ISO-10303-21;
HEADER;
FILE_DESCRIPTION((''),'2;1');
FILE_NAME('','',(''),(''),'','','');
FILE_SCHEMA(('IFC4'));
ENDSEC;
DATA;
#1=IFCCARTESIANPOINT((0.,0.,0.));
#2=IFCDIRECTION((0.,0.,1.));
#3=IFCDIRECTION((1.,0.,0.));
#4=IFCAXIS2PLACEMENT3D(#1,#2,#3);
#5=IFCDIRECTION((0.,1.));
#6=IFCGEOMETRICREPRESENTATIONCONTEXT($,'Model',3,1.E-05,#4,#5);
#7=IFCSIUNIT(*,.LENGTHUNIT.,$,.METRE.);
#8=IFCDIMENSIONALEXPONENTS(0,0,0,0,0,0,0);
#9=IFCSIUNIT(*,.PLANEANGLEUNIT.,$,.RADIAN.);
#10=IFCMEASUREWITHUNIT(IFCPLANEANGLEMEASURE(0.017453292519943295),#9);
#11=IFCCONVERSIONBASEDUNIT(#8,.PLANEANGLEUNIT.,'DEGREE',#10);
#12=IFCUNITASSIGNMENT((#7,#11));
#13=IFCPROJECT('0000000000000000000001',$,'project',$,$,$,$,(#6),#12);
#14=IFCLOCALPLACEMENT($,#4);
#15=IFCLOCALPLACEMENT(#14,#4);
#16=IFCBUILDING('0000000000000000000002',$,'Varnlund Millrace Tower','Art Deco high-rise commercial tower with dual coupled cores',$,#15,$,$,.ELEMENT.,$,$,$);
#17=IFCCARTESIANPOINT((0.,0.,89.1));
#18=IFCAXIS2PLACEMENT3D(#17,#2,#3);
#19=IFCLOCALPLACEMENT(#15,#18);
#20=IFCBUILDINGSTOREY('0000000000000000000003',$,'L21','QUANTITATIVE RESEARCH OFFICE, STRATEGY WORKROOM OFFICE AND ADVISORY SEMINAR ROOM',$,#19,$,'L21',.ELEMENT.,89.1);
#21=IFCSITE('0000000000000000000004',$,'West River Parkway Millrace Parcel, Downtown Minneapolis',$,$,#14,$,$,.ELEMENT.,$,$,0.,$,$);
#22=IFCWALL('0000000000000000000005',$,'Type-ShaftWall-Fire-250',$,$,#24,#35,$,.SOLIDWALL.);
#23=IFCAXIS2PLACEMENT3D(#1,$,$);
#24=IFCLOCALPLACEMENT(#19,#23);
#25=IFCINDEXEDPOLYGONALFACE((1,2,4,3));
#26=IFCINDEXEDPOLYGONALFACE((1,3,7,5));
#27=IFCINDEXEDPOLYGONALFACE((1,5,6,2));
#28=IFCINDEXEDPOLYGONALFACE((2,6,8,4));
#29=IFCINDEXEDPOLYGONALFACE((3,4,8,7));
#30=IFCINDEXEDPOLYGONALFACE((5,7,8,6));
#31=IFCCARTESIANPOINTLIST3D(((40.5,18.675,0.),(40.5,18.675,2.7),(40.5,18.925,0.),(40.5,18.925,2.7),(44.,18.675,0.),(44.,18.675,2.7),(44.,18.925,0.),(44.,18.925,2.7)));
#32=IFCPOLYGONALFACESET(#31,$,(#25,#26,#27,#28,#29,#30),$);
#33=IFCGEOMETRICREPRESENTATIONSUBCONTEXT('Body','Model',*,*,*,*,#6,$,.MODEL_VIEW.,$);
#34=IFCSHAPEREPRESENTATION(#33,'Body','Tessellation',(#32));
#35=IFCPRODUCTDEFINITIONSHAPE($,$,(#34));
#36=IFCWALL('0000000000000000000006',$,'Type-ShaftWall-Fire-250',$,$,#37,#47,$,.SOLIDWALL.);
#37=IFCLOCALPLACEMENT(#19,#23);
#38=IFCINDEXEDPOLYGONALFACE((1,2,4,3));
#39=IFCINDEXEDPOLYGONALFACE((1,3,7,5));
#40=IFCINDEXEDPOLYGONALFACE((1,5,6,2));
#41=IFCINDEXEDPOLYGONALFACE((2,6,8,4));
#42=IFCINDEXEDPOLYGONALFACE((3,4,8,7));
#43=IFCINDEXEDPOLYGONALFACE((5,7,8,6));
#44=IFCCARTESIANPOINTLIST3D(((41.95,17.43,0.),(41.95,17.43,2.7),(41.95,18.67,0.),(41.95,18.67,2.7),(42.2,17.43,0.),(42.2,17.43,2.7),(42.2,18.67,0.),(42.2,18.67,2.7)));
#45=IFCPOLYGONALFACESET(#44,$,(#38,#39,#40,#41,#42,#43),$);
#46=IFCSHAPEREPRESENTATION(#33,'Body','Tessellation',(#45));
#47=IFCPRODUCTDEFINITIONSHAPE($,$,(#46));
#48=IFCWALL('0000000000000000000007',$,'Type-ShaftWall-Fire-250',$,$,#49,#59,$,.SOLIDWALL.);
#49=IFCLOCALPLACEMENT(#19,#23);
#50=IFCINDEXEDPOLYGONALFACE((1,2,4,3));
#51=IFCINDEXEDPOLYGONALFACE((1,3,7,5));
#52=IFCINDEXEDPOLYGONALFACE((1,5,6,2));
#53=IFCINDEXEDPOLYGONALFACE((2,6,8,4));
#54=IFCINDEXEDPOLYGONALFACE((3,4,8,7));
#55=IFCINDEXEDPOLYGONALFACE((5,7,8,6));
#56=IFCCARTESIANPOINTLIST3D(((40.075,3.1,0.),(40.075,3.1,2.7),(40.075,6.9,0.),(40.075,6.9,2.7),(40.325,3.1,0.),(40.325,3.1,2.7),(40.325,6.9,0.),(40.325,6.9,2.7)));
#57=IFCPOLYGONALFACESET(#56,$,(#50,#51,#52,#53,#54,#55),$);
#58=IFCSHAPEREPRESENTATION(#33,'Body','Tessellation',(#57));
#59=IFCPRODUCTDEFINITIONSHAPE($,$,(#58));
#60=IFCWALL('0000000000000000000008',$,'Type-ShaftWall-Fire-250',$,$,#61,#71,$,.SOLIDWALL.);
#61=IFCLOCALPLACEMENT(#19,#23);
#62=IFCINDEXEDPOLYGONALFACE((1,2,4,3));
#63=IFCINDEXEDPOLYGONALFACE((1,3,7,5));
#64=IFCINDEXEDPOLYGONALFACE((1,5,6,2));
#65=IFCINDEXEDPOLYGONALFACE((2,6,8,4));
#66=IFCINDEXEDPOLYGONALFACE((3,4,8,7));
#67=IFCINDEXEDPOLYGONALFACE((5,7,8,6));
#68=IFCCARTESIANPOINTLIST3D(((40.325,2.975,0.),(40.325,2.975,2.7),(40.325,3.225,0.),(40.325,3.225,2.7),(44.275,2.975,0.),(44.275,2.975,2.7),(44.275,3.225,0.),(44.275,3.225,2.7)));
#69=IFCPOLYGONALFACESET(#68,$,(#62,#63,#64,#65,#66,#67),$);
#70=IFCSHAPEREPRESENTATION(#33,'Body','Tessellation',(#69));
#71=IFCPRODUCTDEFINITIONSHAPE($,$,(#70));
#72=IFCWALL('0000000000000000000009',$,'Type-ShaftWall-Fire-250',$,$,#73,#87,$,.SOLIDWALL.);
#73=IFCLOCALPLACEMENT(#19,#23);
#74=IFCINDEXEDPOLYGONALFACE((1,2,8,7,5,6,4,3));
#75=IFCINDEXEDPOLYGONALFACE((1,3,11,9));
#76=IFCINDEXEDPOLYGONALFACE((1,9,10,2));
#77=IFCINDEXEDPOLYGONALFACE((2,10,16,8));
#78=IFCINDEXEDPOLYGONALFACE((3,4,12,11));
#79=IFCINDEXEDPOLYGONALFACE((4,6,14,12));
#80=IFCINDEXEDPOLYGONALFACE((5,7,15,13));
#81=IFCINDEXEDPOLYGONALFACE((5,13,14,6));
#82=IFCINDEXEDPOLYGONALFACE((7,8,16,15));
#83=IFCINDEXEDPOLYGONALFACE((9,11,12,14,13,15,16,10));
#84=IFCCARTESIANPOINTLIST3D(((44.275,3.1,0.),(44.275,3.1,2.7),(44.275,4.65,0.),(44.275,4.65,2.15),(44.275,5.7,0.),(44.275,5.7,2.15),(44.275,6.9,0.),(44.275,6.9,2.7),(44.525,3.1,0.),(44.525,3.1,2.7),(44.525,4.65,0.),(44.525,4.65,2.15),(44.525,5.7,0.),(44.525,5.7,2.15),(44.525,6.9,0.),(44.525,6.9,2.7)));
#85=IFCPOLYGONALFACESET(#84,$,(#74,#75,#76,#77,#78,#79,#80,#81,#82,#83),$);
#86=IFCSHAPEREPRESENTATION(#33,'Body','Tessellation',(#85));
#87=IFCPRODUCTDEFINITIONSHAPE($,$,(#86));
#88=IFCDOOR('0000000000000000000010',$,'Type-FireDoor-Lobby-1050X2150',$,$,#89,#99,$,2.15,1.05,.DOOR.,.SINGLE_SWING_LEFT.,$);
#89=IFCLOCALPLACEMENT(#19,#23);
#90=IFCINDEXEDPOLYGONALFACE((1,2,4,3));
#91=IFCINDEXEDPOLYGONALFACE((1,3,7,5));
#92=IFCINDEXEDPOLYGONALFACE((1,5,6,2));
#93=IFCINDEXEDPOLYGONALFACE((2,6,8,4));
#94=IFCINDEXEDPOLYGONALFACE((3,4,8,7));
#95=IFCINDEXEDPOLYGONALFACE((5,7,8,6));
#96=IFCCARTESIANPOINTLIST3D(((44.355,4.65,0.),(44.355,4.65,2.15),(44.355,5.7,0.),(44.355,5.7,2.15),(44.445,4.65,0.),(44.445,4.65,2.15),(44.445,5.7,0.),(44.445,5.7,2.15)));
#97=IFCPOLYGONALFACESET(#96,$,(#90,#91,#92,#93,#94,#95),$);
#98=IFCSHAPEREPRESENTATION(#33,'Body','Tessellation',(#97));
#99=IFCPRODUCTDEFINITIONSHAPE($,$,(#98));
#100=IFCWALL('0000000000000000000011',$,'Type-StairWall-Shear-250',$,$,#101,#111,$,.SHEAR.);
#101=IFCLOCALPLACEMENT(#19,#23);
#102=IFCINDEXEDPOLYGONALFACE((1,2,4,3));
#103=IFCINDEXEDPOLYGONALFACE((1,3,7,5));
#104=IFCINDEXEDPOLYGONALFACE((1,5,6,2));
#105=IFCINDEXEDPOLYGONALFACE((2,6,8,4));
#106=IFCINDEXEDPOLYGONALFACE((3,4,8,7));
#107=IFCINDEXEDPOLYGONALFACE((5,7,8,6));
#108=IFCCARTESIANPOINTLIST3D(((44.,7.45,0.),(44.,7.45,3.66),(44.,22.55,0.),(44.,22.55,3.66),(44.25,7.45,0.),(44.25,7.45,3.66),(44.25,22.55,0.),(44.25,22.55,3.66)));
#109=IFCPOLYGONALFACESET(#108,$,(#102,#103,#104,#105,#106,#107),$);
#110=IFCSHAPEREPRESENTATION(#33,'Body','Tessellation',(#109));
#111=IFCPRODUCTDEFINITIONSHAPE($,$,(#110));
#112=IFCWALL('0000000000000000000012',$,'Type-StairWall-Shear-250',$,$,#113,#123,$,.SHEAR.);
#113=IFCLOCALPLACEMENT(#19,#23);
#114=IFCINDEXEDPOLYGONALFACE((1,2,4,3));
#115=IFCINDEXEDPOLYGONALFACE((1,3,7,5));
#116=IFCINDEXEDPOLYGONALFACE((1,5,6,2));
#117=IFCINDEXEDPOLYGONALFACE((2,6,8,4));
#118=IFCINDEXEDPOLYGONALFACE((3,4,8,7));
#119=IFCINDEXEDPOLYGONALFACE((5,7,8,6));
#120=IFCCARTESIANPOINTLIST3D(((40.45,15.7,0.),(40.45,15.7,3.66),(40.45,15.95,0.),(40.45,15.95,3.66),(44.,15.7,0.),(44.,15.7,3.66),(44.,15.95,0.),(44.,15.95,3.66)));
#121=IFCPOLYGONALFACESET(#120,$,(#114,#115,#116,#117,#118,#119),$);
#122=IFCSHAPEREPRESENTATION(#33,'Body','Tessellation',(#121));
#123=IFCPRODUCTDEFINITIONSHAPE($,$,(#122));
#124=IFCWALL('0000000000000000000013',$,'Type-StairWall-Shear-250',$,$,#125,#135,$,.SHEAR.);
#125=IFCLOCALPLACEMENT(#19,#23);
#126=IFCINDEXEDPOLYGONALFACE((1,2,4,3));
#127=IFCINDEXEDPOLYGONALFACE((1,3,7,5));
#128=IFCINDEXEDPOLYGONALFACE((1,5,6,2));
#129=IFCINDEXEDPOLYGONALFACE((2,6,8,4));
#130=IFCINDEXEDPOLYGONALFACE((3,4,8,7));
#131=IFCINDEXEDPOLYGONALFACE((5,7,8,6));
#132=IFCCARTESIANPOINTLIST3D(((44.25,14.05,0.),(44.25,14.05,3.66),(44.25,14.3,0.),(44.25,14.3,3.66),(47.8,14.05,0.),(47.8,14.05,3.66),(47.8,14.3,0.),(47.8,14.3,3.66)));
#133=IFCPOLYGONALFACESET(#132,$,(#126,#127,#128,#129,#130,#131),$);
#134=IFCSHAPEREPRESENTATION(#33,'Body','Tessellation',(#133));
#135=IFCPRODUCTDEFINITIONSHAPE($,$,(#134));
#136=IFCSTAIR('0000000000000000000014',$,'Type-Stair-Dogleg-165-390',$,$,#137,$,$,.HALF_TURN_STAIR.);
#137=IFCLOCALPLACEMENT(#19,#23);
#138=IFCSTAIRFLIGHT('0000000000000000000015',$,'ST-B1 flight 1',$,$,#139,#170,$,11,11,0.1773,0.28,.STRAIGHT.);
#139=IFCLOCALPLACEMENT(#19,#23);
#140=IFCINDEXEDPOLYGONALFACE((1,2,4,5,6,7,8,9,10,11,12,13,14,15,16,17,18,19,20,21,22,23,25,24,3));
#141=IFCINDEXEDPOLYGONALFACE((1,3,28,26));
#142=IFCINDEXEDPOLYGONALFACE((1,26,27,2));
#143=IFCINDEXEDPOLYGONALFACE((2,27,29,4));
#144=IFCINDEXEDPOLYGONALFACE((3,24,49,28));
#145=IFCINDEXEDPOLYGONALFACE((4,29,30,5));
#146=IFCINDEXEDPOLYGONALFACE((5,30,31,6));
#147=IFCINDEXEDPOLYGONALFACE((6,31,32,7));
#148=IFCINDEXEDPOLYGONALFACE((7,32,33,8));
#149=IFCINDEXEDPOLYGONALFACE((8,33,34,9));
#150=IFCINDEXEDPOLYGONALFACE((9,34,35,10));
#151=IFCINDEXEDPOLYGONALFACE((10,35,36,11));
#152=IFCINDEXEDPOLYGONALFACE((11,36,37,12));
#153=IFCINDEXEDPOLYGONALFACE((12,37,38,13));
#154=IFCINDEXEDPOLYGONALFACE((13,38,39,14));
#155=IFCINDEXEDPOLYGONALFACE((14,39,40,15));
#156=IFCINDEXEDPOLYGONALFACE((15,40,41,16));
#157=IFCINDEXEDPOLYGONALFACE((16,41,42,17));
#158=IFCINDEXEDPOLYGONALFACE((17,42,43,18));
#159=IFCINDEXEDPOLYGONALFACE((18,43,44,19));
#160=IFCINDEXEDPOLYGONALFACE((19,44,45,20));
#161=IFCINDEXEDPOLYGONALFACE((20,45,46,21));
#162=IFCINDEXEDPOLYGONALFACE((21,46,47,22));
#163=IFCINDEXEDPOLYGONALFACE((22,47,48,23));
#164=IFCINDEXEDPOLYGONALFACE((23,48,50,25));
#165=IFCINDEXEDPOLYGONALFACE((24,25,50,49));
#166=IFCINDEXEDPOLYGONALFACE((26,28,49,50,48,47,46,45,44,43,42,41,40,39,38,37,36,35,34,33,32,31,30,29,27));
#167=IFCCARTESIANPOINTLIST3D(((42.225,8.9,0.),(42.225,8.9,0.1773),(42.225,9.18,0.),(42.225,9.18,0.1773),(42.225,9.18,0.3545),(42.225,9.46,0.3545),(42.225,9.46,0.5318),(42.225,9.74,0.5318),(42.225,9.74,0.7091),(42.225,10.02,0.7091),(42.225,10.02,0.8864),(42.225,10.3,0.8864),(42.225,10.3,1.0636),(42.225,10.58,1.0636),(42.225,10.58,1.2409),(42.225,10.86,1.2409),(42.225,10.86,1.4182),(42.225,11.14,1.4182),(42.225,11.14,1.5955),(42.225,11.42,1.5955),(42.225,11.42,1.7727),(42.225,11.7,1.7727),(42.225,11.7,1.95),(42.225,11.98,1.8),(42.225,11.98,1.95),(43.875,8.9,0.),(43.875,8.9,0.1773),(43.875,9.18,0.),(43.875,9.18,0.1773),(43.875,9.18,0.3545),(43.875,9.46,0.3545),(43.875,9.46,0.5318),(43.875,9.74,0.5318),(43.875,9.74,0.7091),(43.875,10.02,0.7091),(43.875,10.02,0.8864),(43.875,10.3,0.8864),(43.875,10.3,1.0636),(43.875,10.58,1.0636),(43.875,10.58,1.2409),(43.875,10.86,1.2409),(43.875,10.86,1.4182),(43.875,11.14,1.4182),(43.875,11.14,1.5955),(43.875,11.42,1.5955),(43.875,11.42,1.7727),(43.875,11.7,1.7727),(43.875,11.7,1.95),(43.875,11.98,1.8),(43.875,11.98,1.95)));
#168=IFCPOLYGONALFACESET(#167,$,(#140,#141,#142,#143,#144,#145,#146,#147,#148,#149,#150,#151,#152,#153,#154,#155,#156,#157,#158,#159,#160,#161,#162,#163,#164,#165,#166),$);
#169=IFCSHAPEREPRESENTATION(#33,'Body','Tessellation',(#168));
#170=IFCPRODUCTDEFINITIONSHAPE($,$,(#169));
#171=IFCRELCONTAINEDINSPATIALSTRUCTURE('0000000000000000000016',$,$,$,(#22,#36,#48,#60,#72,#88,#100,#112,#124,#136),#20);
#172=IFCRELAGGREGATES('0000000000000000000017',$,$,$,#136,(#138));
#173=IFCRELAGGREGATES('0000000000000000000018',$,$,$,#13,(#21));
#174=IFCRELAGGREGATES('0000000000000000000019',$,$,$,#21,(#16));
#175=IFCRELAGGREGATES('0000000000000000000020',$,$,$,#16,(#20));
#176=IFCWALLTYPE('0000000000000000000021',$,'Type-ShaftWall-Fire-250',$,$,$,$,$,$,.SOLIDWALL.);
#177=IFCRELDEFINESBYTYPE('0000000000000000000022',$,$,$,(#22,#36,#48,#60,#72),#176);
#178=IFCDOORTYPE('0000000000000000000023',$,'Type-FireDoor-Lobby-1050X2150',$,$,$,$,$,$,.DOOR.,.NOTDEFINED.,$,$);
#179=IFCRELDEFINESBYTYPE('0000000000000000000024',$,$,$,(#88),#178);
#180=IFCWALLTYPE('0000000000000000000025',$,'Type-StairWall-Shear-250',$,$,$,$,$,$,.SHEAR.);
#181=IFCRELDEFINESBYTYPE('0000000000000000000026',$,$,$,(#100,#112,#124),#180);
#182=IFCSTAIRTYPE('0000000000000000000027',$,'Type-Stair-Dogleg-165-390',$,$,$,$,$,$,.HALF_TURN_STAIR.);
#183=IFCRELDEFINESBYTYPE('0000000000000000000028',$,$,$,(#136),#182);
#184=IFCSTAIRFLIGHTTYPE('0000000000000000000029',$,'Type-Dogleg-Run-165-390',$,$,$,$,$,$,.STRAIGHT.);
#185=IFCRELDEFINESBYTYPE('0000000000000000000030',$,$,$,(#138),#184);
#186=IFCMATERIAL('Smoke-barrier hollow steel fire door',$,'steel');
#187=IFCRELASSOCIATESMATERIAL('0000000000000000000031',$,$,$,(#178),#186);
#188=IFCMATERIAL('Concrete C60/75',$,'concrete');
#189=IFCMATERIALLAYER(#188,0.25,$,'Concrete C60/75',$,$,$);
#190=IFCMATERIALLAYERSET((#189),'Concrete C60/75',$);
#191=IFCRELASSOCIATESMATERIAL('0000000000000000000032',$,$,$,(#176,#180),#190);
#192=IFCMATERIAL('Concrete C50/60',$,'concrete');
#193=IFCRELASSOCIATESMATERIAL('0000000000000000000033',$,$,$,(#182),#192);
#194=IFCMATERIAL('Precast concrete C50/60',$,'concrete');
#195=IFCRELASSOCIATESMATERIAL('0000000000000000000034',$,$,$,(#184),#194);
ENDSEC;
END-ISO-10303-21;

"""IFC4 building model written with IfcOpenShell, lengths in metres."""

from ifc_helpers import new_model, entity, si_unit, converted_unit, direction, frame, origin_with_axes, origin_2d_with_axis, place, context, subcontext, project, spatial, polyline, rectangle, outline, extrude, material, layer, layer_set, type_object, element, fill, aggregate, save


model = new_model("IFC4")

# Units and contexts
model_context = context("Model", 3, precision=1e-05, world=origin_with_axes(), true_north=direction((0.0, 1.0)))
body_context = subcontext(model_context, "Body", "Model", "MODEL_VIEW")
ifc_project = project(units=[si_unit("LENGTHUNIT", "METRE"), converted_unit("PLANEANGLEUNIT", "DEGREE", entity("IfcPlaneAngleMeasure", 0.017453292519943295), si_unit("PLANEANGLEUNIT", "RADIAN"), dimensions=[0, 0, 0, 0, 0, 0, 0])], contexts=[model_context])

# Site, building, storey
site_placement = place(None, origin_with_axes())
site = spatial("IfcSite", under=ifc_project, at=site_placement, Name="West River Parkway Millrace Parcel, Downtown Minneapolis", CompositionType="ELEMENT", RefElevation=0.0)
building_placement = place(site_placement, origin_with_axes())
building = spatial("IfcBuilding", under=site, at=building_placement, Name="Varnlund Millrace Tower", Description="Art Deco high-rise commercial tower with dual coupled cores", CompositionType="ELEMENT")
storey_placement = place(building_placement, frame((0.0, 0.0, 89.1), z_axis=(0.0, 0.0, 1.0), x_axis=(1.0, 0.0, 0.0)))
storey = spatial("IfcBuildingStorey", under=building, at=storey_placement, Name="L21", Description="QUANTITATIVE RESEARCH OFFICE, STRATEGY WORKROOM OFFICE AND ADVISORY SEMINAR ROOM", LongName="L21", CompositionType="ELEMENT", Elevation=89.1)

# Shared definitions
ifc_material_1 = material(Name="Smoke-barrier hollow steel fire door", Category="steel")
door_type_1 = type_object("IfcDoorType", Name="Type-FireDoor-Lobby-1050X2150", OperationType="NOTDEFINED", PredefinedType="DOOR", material=ifc_material_1)

# Walls
ifc_material_2 = material(Name="Concrete C60/75", Category="concrete")
ifc_layer_1 = layer(ifc_material_2, 0.25, Name="Concrete C60/75")
ifc_layer_set_1 = layer_set([ifc_layer_1], Name="Concrete C60/75")
wall_type_1 = type_object("IfcWallType", Name="Type-ShaftWall-Fire-250", PredefinedType="SOLIDWALL", material=ifc_layer_set_1)
for number, where, z_axis, x_axis, name in (
    (1, (40.5, 18.8, 0.0), (0.0, 0.0, 1.0), (1.0, 0.0, 0.0), "Type-ShaftWall-Fire-250"),
):
    element("IfcWall", number, at=place(storey_placement, frame(where, z_axis=z_axis, x_axis=x_axis)), inside=storey, type_object=wall_type_1, Name=name, PredefinedType="SOLIDWALL", context=body_context, shape_type="SweptSolid", body=[
        extrude(outline(polyline([(0.0, -0.125), (3.5, -0.125), (3.5, 0.125), (0.0, 0.125), (0.0, -0.125)])), origin_with_axes(), (0.0, 0.0, 1.0), 2.7),
    ])
wall_1_placement = place(storey_placement, frame((42.075, 17.43, 0.0), z_axis=(0.0, 0.0, 1.0), x_axis=(0.0, 1.0, 0.0)))
element("IfcWall", 2, at=wall_1_placement, inside=storey, type_object=wall_type_1, Name="Type-ShaftWall-Fire-250", PredefinedType="SOLIDWALL", context=body_context, shape_type="SweptSolid", body=[
    extrude(outline(polyline([(0.0, -0.125), (1.24, -0.125), (1.24, 0.125), (0.0, 0.125), (0.0, -0.125)])), origin_with_axes(), (0.0, 0.0, 1.0), 2.7),
])
wall_2_placement = place(storey_placement, frame((40.2, 3.1, 0.0), z_axis=(0.0, 0.0, 1.0), x_axis=(0.0, 1.0, 0.0)))
element("IfcWall", 3, at=wall_2_placement, inside=storey, type_object=wall_type_1, Name="Type-ShaftWall-Fire-250", PredefinedType="SOLIDWALL", context=body_context, shape_type="SweptSolid", body=[
    extrude(outline(polyline([(0.0, -0.125), (3.8, -0.125), (3.8, 0.125), (0.0, 0.125), (0.0, -0.125)])), origin_with_axes(), (0.0, 0.0, 1.0), 2.7),
])
wall_3_placement = place(storey_placement, frame((40.325, 3.1, 0.0), z_axis=(0.0, 0.0, 1.0), x_axis=(1.0, 0.0, 0.0)))
element("IfcWall", 4, at=wall_3_placement, inside=storey, type_object=wall_type_1, Name="Type-ShaftWall-Fire-250", PredefinedType="SOLIDWALL", context=body_context, shape_type="SweptSolid", body=[
    extrude(outline(polyline([(0.0, -0.125), (3.95, -0.125), (3.95, 0.125), (0.0, 0.125), (0.0, -0.125)])), origin_with_axes(), (0.0, 0.0, 1.0), 2.7),
])

# Wall, opening, door
wall_4_placement = place(storey_placement, frame((44.4, 3.1, 0.0), z_axis=(0.0, 0.0, 1.0), x_axis=(0.0, 1.0, 0.0)))
wall_4 = element("IfcWall", 5, at=wall_4_placement, inside=storey, type_object=wall_type_1, Name="Type-ShaftWall-Fire-250", PredefinedType="SOLIDWALL", context=body_context, shape_type="SweptSolid", body=[
    extrude(outline(polyline([(0.0, -0.125), (3.8, -0.125), (3.8, 0.125), (0.0, 0.125), (0.0, -0.125)])), origin_with_axes(), (0.0, 0.0, 1.0), 2.7),
])
opening_1_placement = place(wall_4_placement, frame((2.075, 0.0, 0.0), z_axis=(0.0, 0.0, 1.0), x_axis=(1.0, 0.0, 0.0)))
opening_1 = element("IfcOpeningElement", 6, at=opening_1_placement, cuts=wall_4, PredefinedType="OPENING", context=body_context, shape_type="SweptSolid", body=[
    extrude(rectangle(XDim=1.05, YDim=0.27, at=origin_2d_with_axis()), origin_with_axes(), (0.0, 0.0, 1.0), 2.15),
])
door_1_placement = place(wall_4_placement, frame((2.075, 0.0, 0.0), z_axis=(0.0, 0.0, 1.0), x_axis=(1.0, 0.0, 0.0)))
door_1 = element("IfcDoor", 7, at=door_1_placement, inside=storey, type_object=door_type_1, Name="Type-FireDoor-Lobby-1050X2150", OperationType="SINGLE_SWING_LEFT", OverallHeight=2.15, OverallWidth=1.05, PredefinedType="DOOR", context=body_context, shape_type="SweptSolid", body=[
    extrude(rectangle(XDim=1.05, YDim=0.09, at=origin_2d_with_axis()), origin_with_axes(), (0.0, 0.0, 1.0), 2.15),
])
fill(opening_1, door_1)

# Walls
wall_type_2 = type_object("IfcWallType", Name="Type-StairWall-Shear-250", PredefinedType="SHEAR", material=ifc_layer_set_1)
wall_5_placement = place(storey_placement, frame((44.125, 7.45, 0.0), z_axis=(0.0, 0.0, 1.0), x_axis=(0.0, 1.0, 0.0)))
element("IfcWall", 8, at=wall_5_placement, inside=storey, type_object=wall_type_2, Name="Type-StairWall-Shear-250", PredefinedType="SHEAR", context=body_context, shape_type="SweptSolid", body=[
    extrude(outline(polyline([(0.0, -0.125), (15.1, -0.125), (15.1, 0.125), (0.0, 0.125), (0.0, -0.125)])), origin_with_axes(), (0.0, 0.0, 1.0), 3.66),
])
for number, where, z_axis, x_axis, name in (
    (9, (40.45, 15.825, 0.0), (0.0, 0.0, 1.0), (1.0, 0.0, 0.0), "Type-StairWall-Shear-250"),
    (10, (44.25, 14.175, 0.0), (0.0, 0.0, 1.0), (1.0, 0.0, 0.0), "Type-StairWall-Shear-250"),
):
    element("IfcWall", number, at=place(storey_placement, frame(where, z_axis=z_axis, x_axis=x_axis)), inside=storey, type_object=wall_type_2, Name=name, PredefinedType="SHEAR", context=body_context, shape_type="SweptSolid", body=[
        extrude(outline(polyline([(0.0, -0.125), (3.55, -0.125), (3.55, 0.125), (0.0, 0.125), (0.0, -0.125)])), origin_with_axes(), (0.0, 0.0, 1.0), 3.66),
    ])

# Stair, stair flight
ifc_material_3 = material(Name="Concrete C50/60", Category="concrete")
stair_type = type_object("IfcStairType", Name="Type-Stair-Dogleg-165-390", PredefinedType="HALF_TURN_STAIR", material=ifc_material_3)
stair_1_placement = place(storey_placement, origin_with_axes())
stair_1 = element("IfcStair", 11, at=stair_1_placement, inside=storey, type_object=stair_type, Name="Type-Stair-Dogleg-165-390", PredefinedType="HALF_TURN_STAIR")
ifc_material_4 = material(Name="Precast concrete C50/60", Category="concrete")
stair_flight_type = type_object("IfcStairFlightType", Name="Type-Dogleg-Run-165-390", PredefinedType="STRAIGHT", material=ifc_material_4)
stair_flight_1_placement = place(storey_placement, frame((42.225, 8.9, 0.0), z_axis=(1.0, 0.0, 0.0), x_axis=(0.0, 1.0, 0.0)))
stair_flight_1 = element("IfcStairFlight", 12, at=stair_flight_1_placement, type_object=stair_flight_type, Name="ST-B1 flight 1", NumberOfRisers=11, NumberOfTreads=11, PredefinedType="STRAIGHT", RiserHeight=0.1773, TreadLength=0.28, context=body_context, shape_type="SweptSolid", body=[
    extrude(outline(polyline([(0.0, 0.0), (0.0, 0.1773), (0.28, 0.1773), (0.28, 0.3545), (0.56, 0.3545), (0.56, 0.5318), (0.84, 0.5318), (0.84, 0.7091), (1.12, 0.7091), (1.12, 0.8864), (1.4, 0.8864), (1.4, 1.0636), (1.68, 1.0636), (1.68, 1.2409), (1.96, 1.2409), (1.96, 1.4182), (2.24, 1.4182), (2.24, 1.5955), (2.52, 1.5955), (2.52, 1.7727), (2.8, 1.7727), (2.8, 1.95), (3.08, 1.95), (3.08, 1.8), (0.28, 0.0), (0.0, 0.0)])), origin_with_axes(), (0.0, 0.0, 1.0), 1.65),
])
aggregate(stair_1, [stair_flight_1])

save(model, "model.ifc")
